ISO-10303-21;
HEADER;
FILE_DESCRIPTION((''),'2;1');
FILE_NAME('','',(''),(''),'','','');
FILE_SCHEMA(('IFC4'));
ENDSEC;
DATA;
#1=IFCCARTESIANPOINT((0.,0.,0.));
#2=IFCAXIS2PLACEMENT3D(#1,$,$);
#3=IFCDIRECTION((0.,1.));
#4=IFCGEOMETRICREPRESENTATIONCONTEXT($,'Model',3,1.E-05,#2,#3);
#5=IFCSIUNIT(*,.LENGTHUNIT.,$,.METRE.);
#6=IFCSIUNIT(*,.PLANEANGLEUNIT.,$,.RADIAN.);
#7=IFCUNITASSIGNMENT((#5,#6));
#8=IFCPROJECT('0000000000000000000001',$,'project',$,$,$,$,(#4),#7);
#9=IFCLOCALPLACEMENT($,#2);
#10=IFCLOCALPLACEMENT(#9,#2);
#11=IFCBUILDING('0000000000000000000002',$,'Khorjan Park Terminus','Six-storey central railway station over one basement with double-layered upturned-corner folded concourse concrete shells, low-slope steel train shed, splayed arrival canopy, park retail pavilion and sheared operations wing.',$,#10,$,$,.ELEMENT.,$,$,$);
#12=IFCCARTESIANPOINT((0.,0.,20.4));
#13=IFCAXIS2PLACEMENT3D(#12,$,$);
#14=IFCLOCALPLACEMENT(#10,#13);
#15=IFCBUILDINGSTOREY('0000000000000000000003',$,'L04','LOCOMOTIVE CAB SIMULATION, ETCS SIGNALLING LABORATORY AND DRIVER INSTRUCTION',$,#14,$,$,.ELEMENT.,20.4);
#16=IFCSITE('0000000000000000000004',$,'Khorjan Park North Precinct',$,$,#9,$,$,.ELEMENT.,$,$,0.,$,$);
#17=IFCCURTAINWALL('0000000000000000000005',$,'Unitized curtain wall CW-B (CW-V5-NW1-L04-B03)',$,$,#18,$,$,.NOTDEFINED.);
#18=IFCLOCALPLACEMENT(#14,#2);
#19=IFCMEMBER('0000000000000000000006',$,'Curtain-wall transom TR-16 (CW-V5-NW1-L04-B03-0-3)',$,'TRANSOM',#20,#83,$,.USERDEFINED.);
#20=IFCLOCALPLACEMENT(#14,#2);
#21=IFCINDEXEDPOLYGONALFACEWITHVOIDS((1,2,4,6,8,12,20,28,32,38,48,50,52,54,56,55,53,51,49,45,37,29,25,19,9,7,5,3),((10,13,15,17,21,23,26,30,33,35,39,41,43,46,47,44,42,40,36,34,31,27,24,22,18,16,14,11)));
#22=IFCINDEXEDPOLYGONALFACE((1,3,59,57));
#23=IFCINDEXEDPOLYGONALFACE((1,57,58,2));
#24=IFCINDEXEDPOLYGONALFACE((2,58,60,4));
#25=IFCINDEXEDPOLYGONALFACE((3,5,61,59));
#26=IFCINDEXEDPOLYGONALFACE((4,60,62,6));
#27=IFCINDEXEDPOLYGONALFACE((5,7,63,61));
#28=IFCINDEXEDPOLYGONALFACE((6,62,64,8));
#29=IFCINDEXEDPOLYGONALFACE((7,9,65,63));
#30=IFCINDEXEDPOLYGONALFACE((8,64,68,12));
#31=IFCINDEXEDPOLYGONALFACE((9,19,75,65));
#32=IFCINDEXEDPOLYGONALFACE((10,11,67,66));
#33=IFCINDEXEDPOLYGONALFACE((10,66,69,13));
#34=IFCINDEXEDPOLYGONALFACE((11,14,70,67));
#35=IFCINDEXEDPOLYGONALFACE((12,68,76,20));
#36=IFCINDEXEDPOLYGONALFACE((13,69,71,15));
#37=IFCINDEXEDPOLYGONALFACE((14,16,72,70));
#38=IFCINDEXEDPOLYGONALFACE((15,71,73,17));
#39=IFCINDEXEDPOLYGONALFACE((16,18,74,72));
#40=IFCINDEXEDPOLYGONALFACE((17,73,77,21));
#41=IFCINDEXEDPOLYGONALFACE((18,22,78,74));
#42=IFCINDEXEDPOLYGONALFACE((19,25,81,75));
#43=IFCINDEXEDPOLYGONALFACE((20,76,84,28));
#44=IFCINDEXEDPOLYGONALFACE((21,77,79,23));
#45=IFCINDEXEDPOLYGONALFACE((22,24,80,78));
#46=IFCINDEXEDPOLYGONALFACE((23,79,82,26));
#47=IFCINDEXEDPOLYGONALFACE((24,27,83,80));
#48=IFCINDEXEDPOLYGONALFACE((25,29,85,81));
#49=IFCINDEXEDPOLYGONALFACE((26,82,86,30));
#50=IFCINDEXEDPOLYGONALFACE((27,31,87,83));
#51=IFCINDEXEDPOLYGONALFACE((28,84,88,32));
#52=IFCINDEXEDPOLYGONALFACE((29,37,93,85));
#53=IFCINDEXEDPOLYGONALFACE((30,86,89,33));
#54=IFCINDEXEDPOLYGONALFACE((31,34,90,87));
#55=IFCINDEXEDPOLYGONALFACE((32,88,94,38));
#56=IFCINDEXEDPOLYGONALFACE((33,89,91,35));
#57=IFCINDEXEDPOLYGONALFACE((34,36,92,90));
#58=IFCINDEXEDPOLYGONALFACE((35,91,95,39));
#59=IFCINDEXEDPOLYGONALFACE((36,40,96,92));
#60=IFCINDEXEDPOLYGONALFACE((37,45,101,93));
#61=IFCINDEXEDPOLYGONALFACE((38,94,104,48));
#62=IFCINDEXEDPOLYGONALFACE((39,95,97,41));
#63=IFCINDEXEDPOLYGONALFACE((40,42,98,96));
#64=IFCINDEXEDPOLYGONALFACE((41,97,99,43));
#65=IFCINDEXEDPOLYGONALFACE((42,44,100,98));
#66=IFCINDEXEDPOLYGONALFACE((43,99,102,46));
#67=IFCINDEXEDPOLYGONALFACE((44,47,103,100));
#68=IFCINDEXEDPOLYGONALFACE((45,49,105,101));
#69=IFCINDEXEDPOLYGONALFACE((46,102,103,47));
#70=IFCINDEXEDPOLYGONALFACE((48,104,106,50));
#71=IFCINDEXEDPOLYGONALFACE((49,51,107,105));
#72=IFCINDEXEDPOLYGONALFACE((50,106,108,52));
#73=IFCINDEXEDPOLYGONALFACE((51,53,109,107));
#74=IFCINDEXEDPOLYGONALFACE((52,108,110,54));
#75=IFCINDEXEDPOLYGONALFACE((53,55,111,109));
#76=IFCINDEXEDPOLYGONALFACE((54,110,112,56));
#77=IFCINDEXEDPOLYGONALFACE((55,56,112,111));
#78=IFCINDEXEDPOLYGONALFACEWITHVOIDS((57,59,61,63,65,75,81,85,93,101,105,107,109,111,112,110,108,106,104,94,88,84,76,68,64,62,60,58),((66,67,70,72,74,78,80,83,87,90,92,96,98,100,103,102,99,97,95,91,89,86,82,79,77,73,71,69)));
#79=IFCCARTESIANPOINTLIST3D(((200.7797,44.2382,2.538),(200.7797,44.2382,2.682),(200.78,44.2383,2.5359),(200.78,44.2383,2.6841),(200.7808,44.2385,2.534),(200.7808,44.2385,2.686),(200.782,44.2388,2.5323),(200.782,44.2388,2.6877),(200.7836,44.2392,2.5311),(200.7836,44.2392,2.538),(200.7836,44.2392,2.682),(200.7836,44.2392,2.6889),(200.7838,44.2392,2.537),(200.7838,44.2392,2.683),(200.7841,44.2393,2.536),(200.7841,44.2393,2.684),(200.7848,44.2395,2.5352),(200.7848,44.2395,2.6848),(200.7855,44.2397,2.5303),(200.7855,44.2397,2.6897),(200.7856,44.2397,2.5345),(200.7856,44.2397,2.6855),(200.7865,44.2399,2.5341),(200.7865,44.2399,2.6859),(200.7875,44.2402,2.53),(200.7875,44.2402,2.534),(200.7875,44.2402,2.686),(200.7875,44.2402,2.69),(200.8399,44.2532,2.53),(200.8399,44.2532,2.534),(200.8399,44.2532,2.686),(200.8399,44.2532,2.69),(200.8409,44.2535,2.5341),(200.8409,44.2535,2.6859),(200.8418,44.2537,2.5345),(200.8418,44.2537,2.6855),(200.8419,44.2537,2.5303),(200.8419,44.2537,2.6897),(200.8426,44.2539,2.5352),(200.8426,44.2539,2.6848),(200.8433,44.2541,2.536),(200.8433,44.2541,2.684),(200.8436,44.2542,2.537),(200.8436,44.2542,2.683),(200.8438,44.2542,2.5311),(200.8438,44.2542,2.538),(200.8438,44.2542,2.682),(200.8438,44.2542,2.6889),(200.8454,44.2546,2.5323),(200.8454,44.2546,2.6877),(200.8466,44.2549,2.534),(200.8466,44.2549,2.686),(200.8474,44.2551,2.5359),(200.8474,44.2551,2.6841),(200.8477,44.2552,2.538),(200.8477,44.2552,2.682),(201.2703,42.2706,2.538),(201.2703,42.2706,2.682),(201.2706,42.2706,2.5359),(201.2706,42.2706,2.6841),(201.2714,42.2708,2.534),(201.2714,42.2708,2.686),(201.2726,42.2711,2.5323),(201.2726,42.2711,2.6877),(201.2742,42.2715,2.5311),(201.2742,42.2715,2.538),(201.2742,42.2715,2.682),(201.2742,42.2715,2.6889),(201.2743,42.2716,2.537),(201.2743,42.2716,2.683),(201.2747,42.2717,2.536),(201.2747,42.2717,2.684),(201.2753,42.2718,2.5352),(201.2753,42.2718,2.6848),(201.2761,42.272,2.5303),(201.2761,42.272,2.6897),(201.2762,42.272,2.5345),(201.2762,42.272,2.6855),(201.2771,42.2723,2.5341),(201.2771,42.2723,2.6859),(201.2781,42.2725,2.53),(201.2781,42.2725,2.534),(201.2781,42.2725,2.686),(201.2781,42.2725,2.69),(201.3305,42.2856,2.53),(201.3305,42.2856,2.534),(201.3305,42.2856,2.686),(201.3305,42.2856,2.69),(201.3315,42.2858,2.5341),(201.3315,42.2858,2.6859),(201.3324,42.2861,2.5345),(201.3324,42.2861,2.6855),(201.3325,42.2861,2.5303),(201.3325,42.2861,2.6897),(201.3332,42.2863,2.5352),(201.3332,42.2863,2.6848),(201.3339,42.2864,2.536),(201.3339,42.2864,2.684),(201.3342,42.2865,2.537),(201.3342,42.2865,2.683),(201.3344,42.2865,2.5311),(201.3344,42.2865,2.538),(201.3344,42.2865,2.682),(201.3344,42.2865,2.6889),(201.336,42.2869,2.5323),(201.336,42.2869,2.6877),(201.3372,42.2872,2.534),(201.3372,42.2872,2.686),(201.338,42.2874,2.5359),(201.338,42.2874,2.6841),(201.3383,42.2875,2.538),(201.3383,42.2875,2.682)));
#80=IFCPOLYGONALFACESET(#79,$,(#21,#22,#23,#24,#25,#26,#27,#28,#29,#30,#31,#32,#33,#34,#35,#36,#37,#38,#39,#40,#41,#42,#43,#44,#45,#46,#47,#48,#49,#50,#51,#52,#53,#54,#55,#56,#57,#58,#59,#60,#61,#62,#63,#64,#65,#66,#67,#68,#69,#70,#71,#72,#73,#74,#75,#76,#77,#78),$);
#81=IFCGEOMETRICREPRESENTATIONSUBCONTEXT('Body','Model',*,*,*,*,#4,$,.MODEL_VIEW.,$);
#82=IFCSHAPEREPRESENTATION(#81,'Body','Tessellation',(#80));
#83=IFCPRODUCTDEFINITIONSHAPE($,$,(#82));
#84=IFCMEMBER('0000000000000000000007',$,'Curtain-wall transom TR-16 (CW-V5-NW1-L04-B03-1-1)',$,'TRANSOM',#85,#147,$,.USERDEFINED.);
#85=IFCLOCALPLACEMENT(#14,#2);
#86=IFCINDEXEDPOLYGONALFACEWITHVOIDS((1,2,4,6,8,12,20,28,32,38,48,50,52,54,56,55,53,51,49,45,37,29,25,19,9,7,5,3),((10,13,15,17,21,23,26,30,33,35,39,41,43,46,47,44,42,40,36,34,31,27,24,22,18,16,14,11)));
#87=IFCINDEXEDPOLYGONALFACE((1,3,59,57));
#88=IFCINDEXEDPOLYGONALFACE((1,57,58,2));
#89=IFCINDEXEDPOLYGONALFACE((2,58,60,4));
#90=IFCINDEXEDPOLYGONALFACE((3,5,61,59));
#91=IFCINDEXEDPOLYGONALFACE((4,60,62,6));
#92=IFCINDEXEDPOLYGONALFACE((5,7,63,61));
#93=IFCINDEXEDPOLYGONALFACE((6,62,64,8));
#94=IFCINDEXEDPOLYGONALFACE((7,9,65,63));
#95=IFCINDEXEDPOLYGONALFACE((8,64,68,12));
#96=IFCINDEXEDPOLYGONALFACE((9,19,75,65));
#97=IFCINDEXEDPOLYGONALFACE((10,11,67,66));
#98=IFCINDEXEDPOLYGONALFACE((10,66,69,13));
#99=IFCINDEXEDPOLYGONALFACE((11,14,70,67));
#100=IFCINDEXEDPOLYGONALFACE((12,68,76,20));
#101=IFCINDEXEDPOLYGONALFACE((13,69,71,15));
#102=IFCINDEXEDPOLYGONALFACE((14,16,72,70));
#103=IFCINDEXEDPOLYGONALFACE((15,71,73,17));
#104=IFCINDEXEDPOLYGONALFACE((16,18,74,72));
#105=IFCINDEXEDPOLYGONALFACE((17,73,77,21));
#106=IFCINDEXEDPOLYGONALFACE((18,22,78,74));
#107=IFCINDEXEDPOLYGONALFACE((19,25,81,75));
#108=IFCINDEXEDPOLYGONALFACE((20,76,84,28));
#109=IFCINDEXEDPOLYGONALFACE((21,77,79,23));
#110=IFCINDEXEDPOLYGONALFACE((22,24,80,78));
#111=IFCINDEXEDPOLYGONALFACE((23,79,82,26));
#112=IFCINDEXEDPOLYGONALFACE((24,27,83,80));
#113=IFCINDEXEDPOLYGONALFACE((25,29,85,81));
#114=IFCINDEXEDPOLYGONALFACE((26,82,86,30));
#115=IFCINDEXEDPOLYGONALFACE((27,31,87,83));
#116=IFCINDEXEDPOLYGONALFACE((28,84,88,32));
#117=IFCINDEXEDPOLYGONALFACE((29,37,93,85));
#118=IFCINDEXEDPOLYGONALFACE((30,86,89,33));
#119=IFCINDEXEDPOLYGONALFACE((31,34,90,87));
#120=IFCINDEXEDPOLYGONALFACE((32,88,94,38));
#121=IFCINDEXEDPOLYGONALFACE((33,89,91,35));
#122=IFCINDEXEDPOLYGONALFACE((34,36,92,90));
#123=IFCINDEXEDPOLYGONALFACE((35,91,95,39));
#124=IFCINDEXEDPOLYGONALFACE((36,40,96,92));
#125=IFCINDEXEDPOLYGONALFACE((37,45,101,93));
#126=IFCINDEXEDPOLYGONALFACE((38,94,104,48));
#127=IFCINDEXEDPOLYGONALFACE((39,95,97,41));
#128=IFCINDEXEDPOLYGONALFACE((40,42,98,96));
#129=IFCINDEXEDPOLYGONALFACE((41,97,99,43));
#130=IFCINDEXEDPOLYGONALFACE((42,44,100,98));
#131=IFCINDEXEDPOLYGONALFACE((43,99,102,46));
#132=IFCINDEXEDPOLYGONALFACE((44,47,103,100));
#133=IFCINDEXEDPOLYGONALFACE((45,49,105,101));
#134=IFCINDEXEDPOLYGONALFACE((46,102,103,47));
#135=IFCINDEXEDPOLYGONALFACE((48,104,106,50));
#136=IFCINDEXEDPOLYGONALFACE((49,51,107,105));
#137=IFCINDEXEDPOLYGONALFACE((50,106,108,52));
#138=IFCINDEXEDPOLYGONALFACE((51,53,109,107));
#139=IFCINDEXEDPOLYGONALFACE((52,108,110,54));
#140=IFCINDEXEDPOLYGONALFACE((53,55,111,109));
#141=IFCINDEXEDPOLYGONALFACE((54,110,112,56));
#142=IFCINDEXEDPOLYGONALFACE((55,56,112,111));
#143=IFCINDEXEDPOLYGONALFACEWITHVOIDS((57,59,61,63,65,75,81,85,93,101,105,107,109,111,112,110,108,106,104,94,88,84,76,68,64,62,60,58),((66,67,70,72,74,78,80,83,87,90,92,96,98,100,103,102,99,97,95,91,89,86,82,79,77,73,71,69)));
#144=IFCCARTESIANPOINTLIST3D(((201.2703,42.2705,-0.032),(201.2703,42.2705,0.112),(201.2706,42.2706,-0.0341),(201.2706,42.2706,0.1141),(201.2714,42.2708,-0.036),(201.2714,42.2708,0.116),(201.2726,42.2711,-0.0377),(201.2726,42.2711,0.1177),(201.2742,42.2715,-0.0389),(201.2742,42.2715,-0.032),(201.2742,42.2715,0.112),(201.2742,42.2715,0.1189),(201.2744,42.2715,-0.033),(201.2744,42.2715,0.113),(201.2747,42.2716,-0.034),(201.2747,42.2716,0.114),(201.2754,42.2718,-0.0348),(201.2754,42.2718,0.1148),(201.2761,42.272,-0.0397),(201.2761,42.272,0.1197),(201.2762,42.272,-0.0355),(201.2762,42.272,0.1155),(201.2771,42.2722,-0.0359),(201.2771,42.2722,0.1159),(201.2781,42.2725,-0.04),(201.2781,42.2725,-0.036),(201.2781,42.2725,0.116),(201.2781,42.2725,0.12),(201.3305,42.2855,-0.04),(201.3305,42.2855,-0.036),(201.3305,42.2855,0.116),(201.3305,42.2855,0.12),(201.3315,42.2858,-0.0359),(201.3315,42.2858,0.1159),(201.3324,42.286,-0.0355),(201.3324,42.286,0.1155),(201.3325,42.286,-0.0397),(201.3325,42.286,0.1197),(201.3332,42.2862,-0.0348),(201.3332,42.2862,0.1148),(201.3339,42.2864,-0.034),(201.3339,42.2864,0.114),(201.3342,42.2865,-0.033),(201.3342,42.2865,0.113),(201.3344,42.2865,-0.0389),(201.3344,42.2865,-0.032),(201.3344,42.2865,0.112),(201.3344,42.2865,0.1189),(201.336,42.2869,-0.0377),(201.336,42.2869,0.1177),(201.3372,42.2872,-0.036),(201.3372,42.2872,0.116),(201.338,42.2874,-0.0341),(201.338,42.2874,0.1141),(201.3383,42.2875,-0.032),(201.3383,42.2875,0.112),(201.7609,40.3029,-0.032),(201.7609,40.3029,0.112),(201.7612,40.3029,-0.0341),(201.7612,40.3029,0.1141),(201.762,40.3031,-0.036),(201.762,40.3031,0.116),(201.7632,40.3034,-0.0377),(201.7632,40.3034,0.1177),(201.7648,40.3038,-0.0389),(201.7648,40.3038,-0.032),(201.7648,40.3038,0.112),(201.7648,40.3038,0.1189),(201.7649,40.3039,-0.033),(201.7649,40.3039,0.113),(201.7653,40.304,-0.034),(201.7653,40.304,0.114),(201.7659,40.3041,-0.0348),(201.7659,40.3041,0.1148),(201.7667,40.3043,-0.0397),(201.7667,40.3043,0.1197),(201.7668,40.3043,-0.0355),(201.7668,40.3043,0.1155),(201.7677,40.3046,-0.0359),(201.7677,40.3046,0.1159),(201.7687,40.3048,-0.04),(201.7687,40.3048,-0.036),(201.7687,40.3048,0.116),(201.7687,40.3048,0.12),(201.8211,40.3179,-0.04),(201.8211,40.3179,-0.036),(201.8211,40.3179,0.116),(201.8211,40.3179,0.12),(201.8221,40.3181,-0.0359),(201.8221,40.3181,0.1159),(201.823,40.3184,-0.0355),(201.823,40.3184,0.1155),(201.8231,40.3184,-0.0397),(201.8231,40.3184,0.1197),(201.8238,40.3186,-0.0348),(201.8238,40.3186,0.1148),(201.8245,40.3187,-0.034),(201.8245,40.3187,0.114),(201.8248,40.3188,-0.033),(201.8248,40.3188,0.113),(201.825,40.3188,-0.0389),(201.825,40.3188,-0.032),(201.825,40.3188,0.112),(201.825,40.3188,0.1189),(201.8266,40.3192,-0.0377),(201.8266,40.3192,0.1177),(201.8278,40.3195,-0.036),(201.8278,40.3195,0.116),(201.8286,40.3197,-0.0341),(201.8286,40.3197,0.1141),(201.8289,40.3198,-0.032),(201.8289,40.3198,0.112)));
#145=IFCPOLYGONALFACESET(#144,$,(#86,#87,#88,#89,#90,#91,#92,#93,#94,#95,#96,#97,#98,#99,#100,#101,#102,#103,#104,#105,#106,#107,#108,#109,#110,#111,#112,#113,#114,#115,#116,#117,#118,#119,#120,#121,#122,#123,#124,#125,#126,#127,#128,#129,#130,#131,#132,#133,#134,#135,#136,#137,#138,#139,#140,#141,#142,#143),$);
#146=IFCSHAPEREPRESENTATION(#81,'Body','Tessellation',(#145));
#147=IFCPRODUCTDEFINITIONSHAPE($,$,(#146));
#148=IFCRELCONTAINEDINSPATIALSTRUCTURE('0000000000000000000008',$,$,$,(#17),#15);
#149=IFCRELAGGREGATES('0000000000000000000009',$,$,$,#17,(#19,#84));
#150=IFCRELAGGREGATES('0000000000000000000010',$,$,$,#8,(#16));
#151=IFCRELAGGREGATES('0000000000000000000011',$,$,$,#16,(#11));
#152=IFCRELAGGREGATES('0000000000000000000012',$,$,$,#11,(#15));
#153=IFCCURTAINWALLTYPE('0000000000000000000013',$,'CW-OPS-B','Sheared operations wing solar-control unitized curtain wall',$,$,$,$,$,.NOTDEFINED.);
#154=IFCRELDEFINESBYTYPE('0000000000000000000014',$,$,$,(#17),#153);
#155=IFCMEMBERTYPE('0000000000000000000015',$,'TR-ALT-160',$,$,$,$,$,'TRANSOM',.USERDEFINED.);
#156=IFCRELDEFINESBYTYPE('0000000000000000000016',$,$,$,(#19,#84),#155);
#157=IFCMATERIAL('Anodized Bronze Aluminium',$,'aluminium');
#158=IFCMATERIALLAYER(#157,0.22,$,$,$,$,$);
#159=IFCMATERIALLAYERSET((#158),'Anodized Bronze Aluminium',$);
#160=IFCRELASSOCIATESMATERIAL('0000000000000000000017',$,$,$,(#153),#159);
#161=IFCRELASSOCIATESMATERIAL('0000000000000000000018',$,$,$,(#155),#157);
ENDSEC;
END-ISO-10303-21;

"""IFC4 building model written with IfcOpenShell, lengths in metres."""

from ifc_helpers import new_model, si_unit, direction, frame, origin, origin_2d, place, context, subcontext, project, spatial, hollow_rectangle, extrude, material, layer, layer_set, material_profile, profile_set, type_object, element, aggregate, save


model = new_model("IFC4")

# Units and contexts
model_context = context("Model", 3, precision=1e-05, world=origin(), true_north=direction((0.0, 1.0)))
body_context = subcontext(model_context, "Body", "Model", "MODEL_VIEW")
ifc_project = project(units=[si_unit("LENGTHUNIT", "METRE"), si_unit("PLANEANGLEUNIT", "RADIAN")], contexts=[model_context])

# Site, building, storey
site_placement = place(None, origin())
site = spatial("IfcSite", under=ifc_project, at=site_placement, Name="Khorjan Park North Precinct", CompositionType="ELEMENT", RefElevation=0.0)
building_placement = place(site_placement, origin())
building = spatial("IfcBuilding", under=site, at=building_placement, Name="Khorjan Park Terminus", Description="Six-storey central railway station over one basement with double-layered upturned-corner folded concourse concrete shells, low-slope steel train shed, splayed arrival canopy, park retail pavilion and sheared operations wing.", CompositionType="ELEMENT")
storey_placement = place(building_placement, frame((0.0, 0.0, 20.4)))
storey = spatial("IfcBuildingStorey", under=building, at=storey_placement, Name="L04", Description="LOCOMOTIVE CAB SIMULATION, ETCS SIGNALLING LABORATORY AND DRIVER INSTRUCTION", CompositionType="ELEMENT", Elevation=20.4)

# Curtain wall
ifc_material_1 = material(Name="Anodized Bronze Aluminium", Category="aluminium")
ifc_layer_1 = layer(ifc_material_1, 0.22)
ifc_layer_set_1 = layer_set([ifc_layer_1], Name="Anodized Bronze Aluminium")
curtain_wall_type = type_object("IfcCurtainWallType", Name="CW-OPS-B", Description="Sheared operations wing solar-control unitized curtain wall", PredefinedType="NOTDEFINED", material=ifc_layer_set_1)
curtain_wall_1_placement = place(storey_placement, origin())
curtain_wall_1 = element("IfcCurtainWall", 1, at=curtain_wall_1_placement, inside=storey, type_object=curtain_wall_type, Name="Unitized curtain wall CW-B (CW-V5-NW1-L04-B03)", PredefinedType="NOTDEFINED")

# Members
ifc_material_profile_1 = material_profile(ifc_material_1, hollow_rectangle(XDim=0.07, YDim=0.16, WallThickness=0.004, InnerFilletRadius=0.004, OuterFilletRadius=0.008, at=origin_2d()), Name="ALT 70x160x4")
ifc_profile_set_1 = profile_set([ifc_material_profile_1], Name="Anodized Bronze Aluminium")
member_type_1 = type_object("IfcMemberType", Name="TR-ALT-160", ElementType="TRANSOM", PredefinedType="USERDEFINED", material=ifc_profile_set_1)
member_1_placement = place(storey_placement, frame((200.8137, 44.2467, 2.61), z_axis=(0.241921, -0.970296, 0.0), x_axis=(0.970296, 0.241921, 0.0)))
member_1 = element("IfcMember", 2, at=member_1_placement, type_object=member_type_1, Name="Curtain-wall transom TR-16 (CW-V5-NW1-L04-B03-0-3)", ObjectType="TRANSOM", PredefinedType="USERDEFINED", context=body_context, shape_type="SweptSolid", body=[
    extrude(hollow_rectangle(XDim=0.07, YDim=0.16, WallThickness=0.004, InnerFilletRadius=0.004, OuterFilletRadius=0.008, at=origin_2d()), origin(), (0.0, 0.0, 1.0), 2.0279),
])
member_2_placement = place(storey_placement, frame((201.3043, 42.279, 0.04), z_axis=(0.241921, -0.970296, 0.0), x_axis=(0.970296, 0.241921, 0.0)))
member_2 = element("IfcMember", 3, at=member_2_placement, type_object=member_type_1, Name="Curtain-wall transom TR-16 (CW-V5-NW1-L04-B03-1-1)", ObjectType="TRANSOM", PredefinedType="USERDEFINED", context=body_context, shape_type="SweptSolid", body=[
    extrude(hollow_rectangle(XDim=0.07, YDim=0.16, WallThickness=0.004, InnerFilletRadius=0.004, OuterFilletRadius=0.008, at=origin_2d()), origin(), (0.0, 0.0, 1.0), 2.0279),
])

aggregate(curtain_wall_1, [member_1, member_2])

save(model, "model.ifc")
